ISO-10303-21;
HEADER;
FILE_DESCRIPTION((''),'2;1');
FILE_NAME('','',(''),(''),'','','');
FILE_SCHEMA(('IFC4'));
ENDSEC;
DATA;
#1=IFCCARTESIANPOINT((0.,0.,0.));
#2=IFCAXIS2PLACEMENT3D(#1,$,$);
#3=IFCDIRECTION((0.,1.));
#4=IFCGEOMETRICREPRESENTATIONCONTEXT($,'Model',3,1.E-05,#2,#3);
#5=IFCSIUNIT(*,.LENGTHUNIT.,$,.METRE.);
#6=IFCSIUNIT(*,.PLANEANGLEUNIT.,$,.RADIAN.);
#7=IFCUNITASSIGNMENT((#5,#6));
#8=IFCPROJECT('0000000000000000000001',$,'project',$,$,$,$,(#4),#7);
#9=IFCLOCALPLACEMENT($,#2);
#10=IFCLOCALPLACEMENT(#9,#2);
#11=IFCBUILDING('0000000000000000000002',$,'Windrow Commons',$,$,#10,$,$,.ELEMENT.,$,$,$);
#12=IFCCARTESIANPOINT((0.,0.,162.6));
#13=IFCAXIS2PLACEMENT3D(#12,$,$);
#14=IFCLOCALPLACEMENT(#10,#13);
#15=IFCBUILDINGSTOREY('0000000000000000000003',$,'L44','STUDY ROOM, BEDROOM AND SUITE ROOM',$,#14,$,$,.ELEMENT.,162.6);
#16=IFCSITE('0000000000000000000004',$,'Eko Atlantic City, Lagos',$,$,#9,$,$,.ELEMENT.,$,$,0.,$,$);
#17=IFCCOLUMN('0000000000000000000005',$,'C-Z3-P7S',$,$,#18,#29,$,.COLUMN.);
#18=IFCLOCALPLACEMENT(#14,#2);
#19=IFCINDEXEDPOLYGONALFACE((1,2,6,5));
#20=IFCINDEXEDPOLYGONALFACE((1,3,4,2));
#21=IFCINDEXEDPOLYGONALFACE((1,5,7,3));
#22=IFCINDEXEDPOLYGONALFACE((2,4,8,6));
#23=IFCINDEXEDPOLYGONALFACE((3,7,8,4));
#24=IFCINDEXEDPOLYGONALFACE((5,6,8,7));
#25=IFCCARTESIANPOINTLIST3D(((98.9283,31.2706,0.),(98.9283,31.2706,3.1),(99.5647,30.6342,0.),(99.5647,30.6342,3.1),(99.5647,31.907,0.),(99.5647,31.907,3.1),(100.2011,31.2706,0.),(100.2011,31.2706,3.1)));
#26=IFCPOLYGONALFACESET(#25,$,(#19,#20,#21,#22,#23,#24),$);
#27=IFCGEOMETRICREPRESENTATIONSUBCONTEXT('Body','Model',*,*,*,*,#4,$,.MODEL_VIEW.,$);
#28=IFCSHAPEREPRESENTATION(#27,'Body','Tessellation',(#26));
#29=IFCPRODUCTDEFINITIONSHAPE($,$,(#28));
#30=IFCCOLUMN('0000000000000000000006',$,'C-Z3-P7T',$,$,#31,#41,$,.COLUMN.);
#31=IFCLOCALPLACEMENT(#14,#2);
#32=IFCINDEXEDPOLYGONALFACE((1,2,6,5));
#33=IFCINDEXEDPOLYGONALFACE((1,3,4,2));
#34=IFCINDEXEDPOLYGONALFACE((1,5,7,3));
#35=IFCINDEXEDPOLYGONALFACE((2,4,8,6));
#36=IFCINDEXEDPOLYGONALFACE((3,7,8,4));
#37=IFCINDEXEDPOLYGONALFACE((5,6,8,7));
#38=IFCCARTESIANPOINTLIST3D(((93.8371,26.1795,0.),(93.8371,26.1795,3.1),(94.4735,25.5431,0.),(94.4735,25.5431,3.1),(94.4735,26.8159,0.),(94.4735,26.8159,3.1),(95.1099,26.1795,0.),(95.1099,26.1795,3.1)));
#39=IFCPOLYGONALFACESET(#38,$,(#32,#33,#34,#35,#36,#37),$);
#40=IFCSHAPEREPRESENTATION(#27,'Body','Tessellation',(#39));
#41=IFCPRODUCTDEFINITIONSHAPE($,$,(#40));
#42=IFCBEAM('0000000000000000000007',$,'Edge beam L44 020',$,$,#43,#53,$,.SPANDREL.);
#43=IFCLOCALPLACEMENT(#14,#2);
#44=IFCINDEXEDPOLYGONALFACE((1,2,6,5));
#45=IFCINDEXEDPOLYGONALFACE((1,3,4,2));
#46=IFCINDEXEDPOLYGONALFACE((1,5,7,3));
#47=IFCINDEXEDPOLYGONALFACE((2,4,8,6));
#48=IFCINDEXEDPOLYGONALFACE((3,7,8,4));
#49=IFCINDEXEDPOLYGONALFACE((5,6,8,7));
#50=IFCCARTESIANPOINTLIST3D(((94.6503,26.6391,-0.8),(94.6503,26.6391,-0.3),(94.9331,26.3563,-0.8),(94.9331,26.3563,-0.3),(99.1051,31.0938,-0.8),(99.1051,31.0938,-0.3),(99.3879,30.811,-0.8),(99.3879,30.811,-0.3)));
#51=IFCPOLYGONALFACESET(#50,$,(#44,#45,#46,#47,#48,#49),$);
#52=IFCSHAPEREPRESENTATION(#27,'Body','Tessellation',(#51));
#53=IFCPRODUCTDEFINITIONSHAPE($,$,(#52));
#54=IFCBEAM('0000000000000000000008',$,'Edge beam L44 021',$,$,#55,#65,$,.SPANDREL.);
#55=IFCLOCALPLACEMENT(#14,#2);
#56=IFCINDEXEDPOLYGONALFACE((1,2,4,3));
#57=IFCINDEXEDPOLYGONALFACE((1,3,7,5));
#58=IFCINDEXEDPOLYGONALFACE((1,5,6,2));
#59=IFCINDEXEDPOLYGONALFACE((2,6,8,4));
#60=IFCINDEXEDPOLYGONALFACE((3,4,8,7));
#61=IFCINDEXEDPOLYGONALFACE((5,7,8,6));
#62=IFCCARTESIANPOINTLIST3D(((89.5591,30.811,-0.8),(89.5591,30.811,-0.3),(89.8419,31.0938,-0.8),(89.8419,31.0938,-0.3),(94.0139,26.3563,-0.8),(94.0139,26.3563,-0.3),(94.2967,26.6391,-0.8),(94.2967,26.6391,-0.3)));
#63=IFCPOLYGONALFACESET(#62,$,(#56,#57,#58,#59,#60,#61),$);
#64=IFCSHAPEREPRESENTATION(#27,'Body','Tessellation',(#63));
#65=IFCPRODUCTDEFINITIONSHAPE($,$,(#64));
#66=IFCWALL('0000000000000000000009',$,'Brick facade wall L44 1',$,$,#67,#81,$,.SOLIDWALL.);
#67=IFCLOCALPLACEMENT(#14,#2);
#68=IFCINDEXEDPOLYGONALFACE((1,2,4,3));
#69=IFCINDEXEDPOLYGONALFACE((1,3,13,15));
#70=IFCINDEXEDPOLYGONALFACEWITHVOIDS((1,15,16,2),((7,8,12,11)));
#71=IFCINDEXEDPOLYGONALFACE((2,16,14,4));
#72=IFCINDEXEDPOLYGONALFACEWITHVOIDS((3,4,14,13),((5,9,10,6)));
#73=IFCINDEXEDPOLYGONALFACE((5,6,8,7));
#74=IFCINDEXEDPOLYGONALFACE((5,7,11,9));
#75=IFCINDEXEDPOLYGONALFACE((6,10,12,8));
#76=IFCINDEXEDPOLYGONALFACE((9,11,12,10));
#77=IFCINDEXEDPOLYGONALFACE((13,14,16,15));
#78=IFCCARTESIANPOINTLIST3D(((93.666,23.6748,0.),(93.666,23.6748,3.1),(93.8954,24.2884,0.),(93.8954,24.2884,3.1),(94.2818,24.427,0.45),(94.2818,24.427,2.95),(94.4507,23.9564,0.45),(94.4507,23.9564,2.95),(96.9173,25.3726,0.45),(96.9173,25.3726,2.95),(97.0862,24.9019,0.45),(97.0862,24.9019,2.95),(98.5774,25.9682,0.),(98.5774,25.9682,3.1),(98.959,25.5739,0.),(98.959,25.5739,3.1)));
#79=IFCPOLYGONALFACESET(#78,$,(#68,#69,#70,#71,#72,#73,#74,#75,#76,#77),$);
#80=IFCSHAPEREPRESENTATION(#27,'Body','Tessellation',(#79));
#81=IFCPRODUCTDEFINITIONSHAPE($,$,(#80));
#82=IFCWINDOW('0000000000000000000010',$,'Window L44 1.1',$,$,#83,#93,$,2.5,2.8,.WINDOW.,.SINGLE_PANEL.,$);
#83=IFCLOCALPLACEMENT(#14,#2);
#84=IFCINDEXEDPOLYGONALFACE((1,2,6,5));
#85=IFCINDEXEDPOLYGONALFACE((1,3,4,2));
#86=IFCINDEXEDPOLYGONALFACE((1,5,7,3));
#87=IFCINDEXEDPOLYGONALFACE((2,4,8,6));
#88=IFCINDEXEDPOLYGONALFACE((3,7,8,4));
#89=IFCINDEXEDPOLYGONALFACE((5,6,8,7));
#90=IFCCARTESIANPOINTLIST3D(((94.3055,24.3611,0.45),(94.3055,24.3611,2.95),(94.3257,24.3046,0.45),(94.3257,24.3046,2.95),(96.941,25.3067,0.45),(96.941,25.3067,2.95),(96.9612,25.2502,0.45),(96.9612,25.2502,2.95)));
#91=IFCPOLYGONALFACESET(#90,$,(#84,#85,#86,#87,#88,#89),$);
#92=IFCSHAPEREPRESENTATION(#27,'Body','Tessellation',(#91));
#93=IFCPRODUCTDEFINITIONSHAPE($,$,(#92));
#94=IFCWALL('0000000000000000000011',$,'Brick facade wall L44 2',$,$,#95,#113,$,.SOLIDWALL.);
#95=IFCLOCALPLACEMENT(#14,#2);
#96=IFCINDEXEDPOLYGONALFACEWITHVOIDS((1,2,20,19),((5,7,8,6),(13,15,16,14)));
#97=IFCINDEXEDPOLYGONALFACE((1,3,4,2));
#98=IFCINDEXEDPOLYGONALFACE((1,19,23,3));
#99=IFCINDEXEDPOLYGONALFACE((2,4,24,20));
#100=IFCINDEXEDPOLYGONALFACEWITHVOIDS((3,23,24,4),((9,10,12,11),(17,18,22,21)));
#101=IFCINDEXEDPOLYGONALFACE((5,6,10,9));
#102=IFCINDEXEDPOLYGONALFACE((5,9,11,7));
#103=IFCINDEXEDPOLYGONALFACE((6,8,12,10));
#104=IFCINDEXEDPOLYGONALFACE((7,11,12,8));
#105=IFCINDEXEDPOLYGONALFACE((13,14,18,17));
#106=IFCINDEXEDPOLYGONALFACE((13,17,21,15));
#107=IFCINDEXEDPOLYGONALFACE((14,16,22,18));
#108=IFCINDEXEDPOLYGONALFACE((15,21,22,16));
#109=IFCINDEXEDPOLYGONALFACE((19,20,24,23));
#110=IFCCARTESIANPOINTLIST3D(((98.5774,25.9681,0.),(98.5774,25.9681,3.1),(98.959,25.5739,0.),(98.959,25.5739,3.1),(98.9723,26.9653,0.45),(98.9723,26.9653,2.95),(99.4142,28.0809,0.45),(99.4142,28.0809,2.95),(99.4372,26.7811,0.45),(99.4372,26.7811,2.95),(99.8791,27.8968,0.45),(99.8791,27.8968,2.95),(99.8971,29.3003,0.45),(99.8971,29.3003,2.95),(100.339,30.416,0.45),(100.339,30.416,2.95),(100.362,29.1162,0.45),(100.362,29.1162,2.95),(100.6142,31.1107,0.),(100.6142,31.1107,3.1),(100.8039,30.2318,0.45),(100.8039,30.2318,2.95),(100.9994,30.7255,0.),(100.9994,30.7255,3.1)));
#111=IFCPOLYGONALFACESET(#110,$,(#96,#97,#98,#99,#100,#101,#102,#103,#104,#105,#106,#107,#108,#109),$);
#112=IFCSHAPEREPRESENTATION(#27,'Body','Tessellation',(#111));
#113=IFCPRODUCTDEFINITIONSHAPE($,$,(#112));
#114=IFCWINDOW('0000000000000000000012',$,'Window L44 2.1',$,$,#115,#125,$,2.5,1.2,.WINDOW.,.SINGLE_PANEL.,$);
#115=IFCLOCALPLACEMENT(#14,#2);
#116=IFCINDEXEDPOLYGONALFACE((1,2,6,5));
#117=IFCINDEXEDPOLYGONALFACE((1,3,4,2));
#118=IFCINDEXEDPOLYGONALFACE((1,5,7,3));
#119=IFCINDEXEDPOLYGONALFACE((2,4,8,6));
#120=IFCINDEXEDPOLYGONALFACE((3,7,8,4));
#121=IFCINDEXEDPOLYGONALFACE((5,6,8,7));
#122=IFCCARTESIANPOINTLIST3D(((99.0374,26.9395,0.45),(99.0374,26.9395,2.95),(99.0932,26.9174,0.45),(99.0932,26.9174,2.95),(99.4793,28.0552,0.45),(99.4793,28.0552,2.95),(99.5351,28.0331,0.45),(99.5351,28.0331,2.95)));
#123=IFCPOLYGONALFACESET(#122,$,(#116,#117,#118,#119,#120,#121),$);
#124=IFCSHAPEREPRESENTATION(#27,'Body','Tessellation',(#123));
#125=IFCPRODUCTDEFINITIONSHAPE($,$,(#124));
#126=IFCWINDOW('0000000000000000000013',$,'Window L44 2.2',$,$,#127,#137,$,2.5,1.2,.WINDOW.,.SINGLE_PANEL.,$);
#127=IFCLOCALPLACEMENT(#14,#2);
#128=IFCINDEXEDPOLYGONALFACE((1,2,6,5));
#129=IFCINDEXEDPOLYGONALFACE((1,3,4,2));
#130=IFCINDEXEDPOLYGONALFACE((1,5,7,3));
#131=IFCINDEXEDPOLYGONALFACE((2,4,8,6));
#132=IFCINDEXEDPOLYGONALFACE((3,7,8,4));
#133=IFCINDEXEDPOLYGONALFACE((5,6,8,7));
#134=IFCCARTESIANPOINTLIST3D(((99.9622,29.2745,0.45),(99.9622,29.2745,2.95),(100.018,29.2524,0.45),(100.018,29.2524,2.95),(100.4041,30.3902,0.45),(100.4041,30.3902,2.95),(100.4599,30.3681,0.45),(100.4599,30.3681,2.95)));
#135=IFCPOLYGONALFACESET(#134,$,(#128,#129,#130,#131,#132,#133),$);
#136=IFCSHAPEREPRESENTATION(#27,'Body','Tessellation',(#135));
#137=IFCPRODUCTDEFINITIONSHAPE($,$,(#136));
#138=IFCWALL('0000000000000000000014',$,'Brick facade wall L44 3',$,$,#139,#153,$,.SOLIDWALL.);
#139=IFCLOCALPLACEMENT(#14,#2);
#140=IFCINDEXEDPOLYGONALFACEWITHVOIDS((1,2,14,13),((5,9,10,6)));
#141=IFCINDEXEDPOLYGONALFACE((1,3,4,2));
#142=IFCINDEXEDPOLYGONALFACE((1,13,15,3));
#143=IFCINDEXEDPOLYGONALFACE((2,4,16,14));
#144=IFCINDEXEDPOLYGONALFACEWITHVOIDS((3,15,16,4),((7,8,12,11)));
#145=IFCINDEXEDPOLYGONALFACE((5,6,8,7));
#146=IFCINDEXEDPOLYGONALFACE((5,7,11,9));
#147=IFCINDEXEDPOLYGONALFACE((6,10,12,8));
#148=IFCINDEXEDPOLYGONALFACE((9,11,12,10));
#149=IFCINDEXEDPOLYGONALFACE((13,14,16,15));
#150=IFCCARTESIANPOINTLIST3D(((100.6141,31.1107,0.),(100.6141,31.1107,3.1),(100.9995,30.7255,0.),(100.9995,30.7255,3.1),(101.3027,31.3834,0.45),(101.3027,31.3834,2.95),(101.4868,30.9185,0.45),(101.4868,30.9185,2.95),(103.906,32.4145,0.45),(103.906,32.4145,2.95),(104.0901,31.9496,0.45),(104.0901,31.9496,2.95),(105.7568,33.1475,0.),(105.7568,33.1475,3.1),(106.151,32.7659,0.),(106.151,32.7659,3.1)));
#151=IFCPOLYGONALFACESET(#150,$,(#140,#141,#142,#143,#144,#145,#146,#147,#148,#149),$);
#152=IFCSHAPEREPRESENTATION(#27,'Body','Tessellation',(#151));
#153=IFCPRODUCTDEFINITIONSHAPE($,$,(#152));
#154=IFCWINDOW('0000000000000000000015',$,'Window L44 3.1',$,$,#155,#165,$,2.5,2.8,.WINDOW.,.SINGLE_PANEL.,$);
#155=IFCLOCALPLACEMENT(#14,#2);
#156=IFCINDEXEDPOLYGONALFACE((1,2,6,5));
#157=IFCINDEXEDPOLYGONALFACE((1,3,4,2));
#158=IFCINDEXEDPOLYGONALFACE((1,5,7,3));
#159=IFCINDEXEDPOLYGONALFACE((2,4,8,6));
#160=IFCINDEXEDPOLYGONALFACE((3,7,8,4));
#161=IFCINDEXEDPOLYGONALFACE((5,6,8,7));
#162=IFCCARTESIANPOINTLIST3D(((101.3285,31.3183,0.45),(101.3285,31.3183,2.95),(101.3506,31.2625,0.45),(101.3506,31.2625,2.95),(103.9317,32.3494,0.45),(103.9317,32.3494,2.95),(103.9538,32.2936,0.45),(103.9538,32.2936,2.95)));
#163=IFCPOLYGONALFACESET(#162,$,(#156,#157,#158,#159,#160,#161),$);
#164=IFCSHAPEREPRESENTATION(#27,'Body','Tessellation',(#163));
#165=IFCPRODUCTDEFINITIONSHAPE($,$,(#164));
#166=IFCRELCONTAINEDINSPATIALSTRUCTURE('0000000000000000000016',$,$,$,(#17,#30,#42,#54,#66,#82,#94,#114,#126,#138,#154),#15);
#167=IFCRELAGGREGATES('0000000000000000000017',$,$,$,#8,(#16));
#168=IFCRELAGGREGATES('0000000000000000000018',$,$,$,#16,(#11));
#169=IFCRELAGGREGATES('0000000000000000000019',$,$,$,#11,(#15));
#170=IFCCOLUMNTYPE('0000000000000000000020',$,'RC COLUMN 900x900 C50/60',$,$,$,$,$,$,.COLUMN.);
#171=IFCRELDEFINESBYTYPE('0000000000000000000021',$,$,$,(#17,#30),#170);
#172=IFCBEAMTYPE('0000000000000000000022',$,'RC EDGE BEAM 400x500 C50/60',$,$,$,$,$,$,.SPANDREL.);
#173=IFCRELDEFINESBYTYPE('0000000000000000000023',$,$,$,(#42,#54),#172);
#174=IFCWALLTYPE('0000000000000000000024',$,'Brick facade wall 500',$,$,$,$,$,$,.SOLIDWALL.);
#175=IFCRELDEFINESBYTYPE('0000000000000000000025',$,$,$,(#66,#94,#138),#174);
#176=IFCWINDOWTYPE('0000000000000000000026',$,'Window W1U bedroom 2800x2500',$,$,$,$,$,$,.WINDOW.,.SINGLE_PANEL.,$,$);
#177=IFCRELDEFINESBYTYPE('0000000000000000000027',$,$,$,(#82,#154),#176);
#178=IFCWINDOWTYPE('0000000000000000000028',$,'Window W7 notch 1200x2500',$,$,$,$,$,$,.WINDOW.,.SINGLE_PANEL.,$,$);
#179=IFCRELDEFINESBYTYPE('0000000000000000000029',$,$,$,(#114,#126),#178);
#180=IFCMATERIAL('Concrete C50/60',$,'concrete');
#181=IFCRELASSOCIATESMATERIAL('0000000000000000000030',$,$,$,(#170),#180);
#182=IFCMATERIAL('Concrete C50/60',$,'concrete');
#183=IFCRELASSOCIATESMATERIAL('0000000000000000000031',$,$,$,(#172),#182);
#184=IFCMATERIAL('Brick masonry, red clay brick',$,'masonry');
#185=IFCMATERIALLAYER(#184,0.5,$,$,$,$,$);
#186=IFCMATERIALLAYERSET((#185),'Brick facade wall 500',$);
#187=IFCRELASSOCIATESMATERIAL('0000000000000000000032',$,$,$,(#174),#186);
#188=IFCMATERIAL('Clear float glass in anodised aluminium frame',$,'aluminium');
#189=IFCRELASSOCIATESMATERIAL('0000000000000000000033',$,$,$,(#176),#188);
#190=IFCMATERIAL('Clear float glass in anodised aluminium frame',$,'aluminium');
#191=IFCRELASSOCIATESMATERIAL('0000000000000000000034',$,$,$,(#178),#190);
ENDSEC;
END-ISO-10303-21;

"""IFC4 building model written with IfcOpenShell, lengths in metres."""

from ifc_helpers import new_model, si_unit, direction, frame, frame_2d, origin, origin_2d, place, context, subcontext, project, spatial, polyline, rectangle, outline, extrude, material, layer, layer_set, material_profile, profile_set, type_object, element, fill, save


model = new_model("IFC4")

# Units and contexts
model_context = context("Model", 3, precision=1e-05, world=origin(), true_north=direction((0.0, 1.0)))
body_context = subcontext(model_context, "Body", "Model", "MODEL_VIEW")
ifc_project = project(units=[si_unit("LENGTHUNIT", "METRE"), si_unit("PLANEANGLEUNIT", "RADIAN")], contexts=[model_context])

# Site, building, storey
site_placement = place(None, origin())
site = spatial("IfcSite", under=ifc_project, at=site_placement, Name="Eko Atlantic City, Lagos", CompositionType="ELEMENT", RefElevation=0.0)
building_placement = place(site_placement, origin())
building = spatial("IfcBuilding", under=site, at=building_placement, Name="Windrow Commons", CompositionType="ELEMENT")
storey_placement = place(building_placement, frame((0.0, 0.0, 162.6)))
storey = spatial("IfcBuildingStorey", under=building, at=storey_placement, Name="L44", Description="STUDY ROOM, BEDROOM AND SUITE ROOM", CompositionType="ELEMENT", Elevation=162.6)

# Columns
ifc_material_1 = material(Name="Concrete C50/60", Category="concrete")
ifc_material_profile_1 = material_profile(ifc_material_1, rectangle(XDim=0.9, YDim=0.9, at=origin_2d()))
ifc_profile_set_1 = profile_set([ifc_material_profile_1], Name="Concrete C50/60")
column_type = type_object("IfcColumnType", Name="RC COLUMN 900x900 C50/60", PredefinedType="COLUMN", material=ifc_profile_set_1)
for number, where, z_axis, x_axis, name in (
    (1, (99.5647, 31.2706, 0.0), (0.0, 0.0, 1.0), (0.707107, -0.707107, 0.0), "C-Z3-P7S"),
    (2, (94.4735, 26.1795, 0.0), (0.0, 0.0, 1.0), (0.707107, -0.707107, 0.0), "C-Z3-P7T"),
):
    element("IfcColumn", number, at=place(storey_placement, frame(where, z_axis=z_axis, x_axis=x_axis)), inside=storey, type_object=column_type, Name=name, PredefinedType="COLUMN", context=body_context, shape_type="SweptSolid", body=[
        extrude(rectangle(XDim=0.9, YDim=0.9, at=origin_2d()), origin(), (0.0, 0.0, 1.0), 3.1),
    ])

# Beams
ifc_material_2 = material(Name="Concrete C50/60", Category="concrete")
ifc_material_profile_2 = material_profile(ifc_material_2, rectangle(XDim=0.4, YDim=0.5, at=origin_2d()))
ifc_profile_set_2 = profile_set([ifc_material_profile_2], Name="Concrete C50/60")
beam_type = type_object("IfcBeamType", Name="RC EDGE BEAM 400x500 C50/60", PredefinedType="SPANDREL", material=ifc_profile_set_2)
for number, where, z_axis, x_axis, name in (
    (3, (99.2465, 30.9524, -0.55), (-0.707115, -0.707099, 0.0), (0.707099, -0.707115, 0.0), "Edge beam L44 020"),
    (4, (94.1553, 26.4977, -0.55), (-0.707115, 0.707099, 0.0), (-0.707099, -0.707115, 0.0), "Edge beam L44 021"),
):
    element("IfcBeam", number, at=place(storey_placement, frame(where, z_axis=z_axis, x_axis=x_axis)), inside=storey, type_object=beam_type, Name=name, PredefinedType="SPANDREL", context=body_context, shape_type="SweptSolid", body=[
        extrude(rectangle(XDim=0.4, YDim=0.5, at=origin_2d()), origin(), (0.0, 0.0, 1.0), 6.3),
    ])

# Wall, opening, window
ifc_material_3 = material(Name="Brick masonry, red clay brick", Category="masonry")
ifc_layer_1 = layer(ifc_material_3, 0.5)
ifc_layer_set_1 = layer_set([ifc_layer_1], Name="Brick facade wall 500")
wall_type_1 = type_object("IfcWallType", Name="Brick facade wall 500", PredefinedType="SOLIDWALL", material=ifc_layer_set_1)
wall_1_placement = place(storey_placement, frame((93.7807, 23.9816, 0.0), z_axis=(0.0, 0.0, 1.0), x_axis=(0.941254, 0.3377, 0.0)))
wall_1 = element("IfcWall", 5, at=wall_1_placement, inside=storey, type_object=wall_type_1, Name="Brick facade wall L44 1", PredefinedType="SOLIDWALL", context=body_context, shape_type="SweptSolid", body=[
    extrude(outline(polyline([(-0.2116, -0.25), (5.4118, -0.25), (5.1858, 0.25), (0.2116, 0.25), (-0.2116, -0.25)])), origin(), (0.0, 0.0, 1.0), 3.1),
])
opening_1_placement = place(wall_1_placement, frame((0.6221, 0.0, 0.45)))
opening_1 = element("IfcOpeningElement", 6, at=opening_1_placement, cuts=wall_1, PredefinedType="OPENING", context=body_context, shape_type="SweptSolid", body=[
    extrude(rectangle(XDim=2.8, YDim=2.5, at=frame_2d((1.4, 1.25))), frame((0.0, 0.26, 0.0), z_axis=(0.0, -1.0, 0.0), x_axis=(1.0, 0.0, 0.0)), (0.0, 0.0, 1.0), 0.52),
])
ifc_material_4 = material(Name="Clear float glass in anodised aluminium frame", Category="aluminium")
window_type_1 = type_object("IfcWindowType", Name="Window W1U bedroom 2800x2500", PartitioningType="SINGLE_PANEL", PredefinedType="WINDOW", material=ifc_material_4)
window_1_placement = place(opening_1_placement, origin())
window_1 = element("IfcWindow", 7, at=window_1_placement, inside=storey, type_object=window_type_1, Name="Window L44 1.1", OverallHeight=2.5, OverallWidth=2.8, PartitioningType="SINGLE_PANEL", PredefinedType="WINDOW", context=body_context, shape_type="SweptSolid", body=[
    extrude(rectangle(XDim=2.8, YDim=2.5, at=frame_2d((1.4, 1.25))), frame((0.0, 0.18, 0.0), z_axis=(0.0, -1.0, 0.0), x_axis=(1.0, 0.0, 0.0)), (0.0, 0.0, 1.0), 0.06),
])
fill(opening_1, window_1)

# Wall, openings, windows
wall_2_placement = place(storey_placement, frame((98.7682, 25.771, 0.0), z_axis=(0.0, 0.0, 1.0), x_axis=(0.368237, 0.929732, 0.0)))
wall_2 = element("IfcWall", 8, at=wall_2_placement, inside=storey, type_object=wall_type_1, Name="Brick facade wall L44 2", PredefinedType="SOLIDWALL", context=body_context, shape_type="SweptSolid", body=[
    extrude(outline(polyline([(-0.113, -0.25), (5.428, -0.25), (5.6443, 0.25), (0.113, 0.25), (-0.113, -0.25)])), origin(), (0.0, 0.0, 1.0), 3.1),
])
opening_2_placement = place(wall_2_placement, frame((1.1855, 0.0, 0.45)))
opening_2 = element("IfcOpeningElement", 9, at=opening_2_placement, cuts=wall_2, PredefinedType="OPENING", context=body_context, shape_type="SweptSolid", body=[
    extrude(rectangle(XDim=1.2, YDim=2.5, at=frame_2d((0.6, 1.25))), frame((0.0, 0.26, 0.0), z_axis=(0.0, -1.0, 0.0), x_axis=(1.0, 0.0, 0.0)), (0.0, 0.0, 1.0), 0.52),
])
opening_3_placement = place(wall_2_placement, frame((3.697, 0.0, 0.45)))
opening_3 = element("IfcOpeningElement", 10, at=opening_3_placement, cuts=wall_2, PredefinedType="OPENING", context=body_context, shape_type="SweptSolid", body=[
    extrude(rectangle(XDim=1.2, YDim=2.5, at=frame_2d((0.6, 1.25))), frame((0.0, 0.26, 0.0), z_axis=(0.0, -1.0, 0.0), x_axis=(1.0, 0.0, 0.0)), (0.0, 0.0, 1.0), 0.52),
])
ifc_material_5 = material(Name="Clear float glass in anodised aluminium frame", Category="aluminium")
window_type_2 = type_object("IfcWindowType", Name="Window W7 notch 1200x2500", PartitioningType="SINGLE_PANEL", PredefinedType="WINDOW", material=ifc_material_5)
window_2_placement = place(opening_2_placement, origin())
window_2 = element("IfcWindow", 11, at=window_2_placement, inside=storey, type_object=window_type_2, Name="Window L44 2.1", OverallHeight=2.5, OverallWidth=1.2, PartitioningType="SINGLE_PANEL", PredefinedType="WINDOW", context=body_context, shape_type="SweptSolid", body=[
    extrude(rectangle(XDim=1.2, YDim=2.5, at=frame_2d((0.6, 1.25))), frame((0.0, 0.18, 0.0), z_axis=(0.0, -1.0, 0.0), x_axis=(1.0, 0.0, 0.0)), (0.0, 0.0, 1.0), 0.06),
])
fill(opening_2, window_2)
window_3_placement = place(opening_3_placement, origin())
window_3 = element("IfcWindow", 12, at=window_3_placement, inside=storey, type_object=window_type_2, Name="Window L44 2.2", OverallHeight=2.5, OverallWidth=1.2, PartitioningType="SINGLE_PANEL", PredefinedType="WINDOW", context=body_context, shape_type="SweptSolid", body=[
    extrude(rectangle(XDim=1.2, YDim=2.5, at=frame_2d((0.6, 1.25))), frame((0.0, 0.18, 0.0), z_axis=(0.0, -1.0, 0.0), x_axis=(1.0, 0.0, 0.0)), (0.0, 0.0, 1.0), 0.06),
])
fill(opening_3, window_3)

# Wall, opening, window
wall_3_placement = place(storey_placement, frame((100.8068, 30.9181, 0.0), z_axis=(0.0, 0.0, 1.0), x_axis=(0.929732, 0.368237, 0.0)))
wall_3 = element("IfcWall", 13, at=wall_3_placement, inside=storey, type_object=wall_type_1, Name="Brick facade wall L44 3", PredefinedType="SOLIDWALL", context=body_context, shape_type="SweptSolid", body=[
    extrude(outline(polyline([(0.1082, -0.25), (5.6491, -0.25), (5.4231, 0.25), (-0.1082, 0.25), (0.1082, -0.25)])), origin(), (0.0, 0.0, 1.0), 3.1),
])
opening_4_placement = place(wall_3_placement, frame((0.6324, 0.0, 0.45)))
opening_4 = element("IfcOpeningElement", 14, at=opening_4_placement, cuts=wall_3, PredefinedType="OPENING", context=body_context, shape_type="SweptSolid", body=[
    extrude(rectangle(XDim=2.8, YDim=2.5, at=frame_2d((1.4, 1.25))), frame((0.0, 0.26, 0.0), z_axis=(0.0, -1.0, 0.0), x_axis=(1.0, 0.0, 0.0)), (0.0, 0.0, 1.0), 0.52),
])
window_4_placement = place(opening_4_placement, origin())
window_4 = element("IfcWindow", 15, at=window_4_placement, inside=storey, type_object=window_type_1, Name="Window L44 3.1", OverallHeight=2.5, OverallWidth=2.8, PartitioningType="SINGLE_PANEL", PredefinedType="WINDOW", context=body_context, shape_type="SweptSolid", body=[
    extrude(rectangle(XDim=2.8, YDim=2.5, at=frame_2d((1.4, 1.25))), frame((0.0, 0.18, 0.0), z_axis=(0.0, -1.0, 0.0), x_axis=(1.0, 0.0, 0.0)), (0.0, 0.0, 1.0), 0.06),
])
fill(opening_4, window_4)

save(model, "model.ifc")
